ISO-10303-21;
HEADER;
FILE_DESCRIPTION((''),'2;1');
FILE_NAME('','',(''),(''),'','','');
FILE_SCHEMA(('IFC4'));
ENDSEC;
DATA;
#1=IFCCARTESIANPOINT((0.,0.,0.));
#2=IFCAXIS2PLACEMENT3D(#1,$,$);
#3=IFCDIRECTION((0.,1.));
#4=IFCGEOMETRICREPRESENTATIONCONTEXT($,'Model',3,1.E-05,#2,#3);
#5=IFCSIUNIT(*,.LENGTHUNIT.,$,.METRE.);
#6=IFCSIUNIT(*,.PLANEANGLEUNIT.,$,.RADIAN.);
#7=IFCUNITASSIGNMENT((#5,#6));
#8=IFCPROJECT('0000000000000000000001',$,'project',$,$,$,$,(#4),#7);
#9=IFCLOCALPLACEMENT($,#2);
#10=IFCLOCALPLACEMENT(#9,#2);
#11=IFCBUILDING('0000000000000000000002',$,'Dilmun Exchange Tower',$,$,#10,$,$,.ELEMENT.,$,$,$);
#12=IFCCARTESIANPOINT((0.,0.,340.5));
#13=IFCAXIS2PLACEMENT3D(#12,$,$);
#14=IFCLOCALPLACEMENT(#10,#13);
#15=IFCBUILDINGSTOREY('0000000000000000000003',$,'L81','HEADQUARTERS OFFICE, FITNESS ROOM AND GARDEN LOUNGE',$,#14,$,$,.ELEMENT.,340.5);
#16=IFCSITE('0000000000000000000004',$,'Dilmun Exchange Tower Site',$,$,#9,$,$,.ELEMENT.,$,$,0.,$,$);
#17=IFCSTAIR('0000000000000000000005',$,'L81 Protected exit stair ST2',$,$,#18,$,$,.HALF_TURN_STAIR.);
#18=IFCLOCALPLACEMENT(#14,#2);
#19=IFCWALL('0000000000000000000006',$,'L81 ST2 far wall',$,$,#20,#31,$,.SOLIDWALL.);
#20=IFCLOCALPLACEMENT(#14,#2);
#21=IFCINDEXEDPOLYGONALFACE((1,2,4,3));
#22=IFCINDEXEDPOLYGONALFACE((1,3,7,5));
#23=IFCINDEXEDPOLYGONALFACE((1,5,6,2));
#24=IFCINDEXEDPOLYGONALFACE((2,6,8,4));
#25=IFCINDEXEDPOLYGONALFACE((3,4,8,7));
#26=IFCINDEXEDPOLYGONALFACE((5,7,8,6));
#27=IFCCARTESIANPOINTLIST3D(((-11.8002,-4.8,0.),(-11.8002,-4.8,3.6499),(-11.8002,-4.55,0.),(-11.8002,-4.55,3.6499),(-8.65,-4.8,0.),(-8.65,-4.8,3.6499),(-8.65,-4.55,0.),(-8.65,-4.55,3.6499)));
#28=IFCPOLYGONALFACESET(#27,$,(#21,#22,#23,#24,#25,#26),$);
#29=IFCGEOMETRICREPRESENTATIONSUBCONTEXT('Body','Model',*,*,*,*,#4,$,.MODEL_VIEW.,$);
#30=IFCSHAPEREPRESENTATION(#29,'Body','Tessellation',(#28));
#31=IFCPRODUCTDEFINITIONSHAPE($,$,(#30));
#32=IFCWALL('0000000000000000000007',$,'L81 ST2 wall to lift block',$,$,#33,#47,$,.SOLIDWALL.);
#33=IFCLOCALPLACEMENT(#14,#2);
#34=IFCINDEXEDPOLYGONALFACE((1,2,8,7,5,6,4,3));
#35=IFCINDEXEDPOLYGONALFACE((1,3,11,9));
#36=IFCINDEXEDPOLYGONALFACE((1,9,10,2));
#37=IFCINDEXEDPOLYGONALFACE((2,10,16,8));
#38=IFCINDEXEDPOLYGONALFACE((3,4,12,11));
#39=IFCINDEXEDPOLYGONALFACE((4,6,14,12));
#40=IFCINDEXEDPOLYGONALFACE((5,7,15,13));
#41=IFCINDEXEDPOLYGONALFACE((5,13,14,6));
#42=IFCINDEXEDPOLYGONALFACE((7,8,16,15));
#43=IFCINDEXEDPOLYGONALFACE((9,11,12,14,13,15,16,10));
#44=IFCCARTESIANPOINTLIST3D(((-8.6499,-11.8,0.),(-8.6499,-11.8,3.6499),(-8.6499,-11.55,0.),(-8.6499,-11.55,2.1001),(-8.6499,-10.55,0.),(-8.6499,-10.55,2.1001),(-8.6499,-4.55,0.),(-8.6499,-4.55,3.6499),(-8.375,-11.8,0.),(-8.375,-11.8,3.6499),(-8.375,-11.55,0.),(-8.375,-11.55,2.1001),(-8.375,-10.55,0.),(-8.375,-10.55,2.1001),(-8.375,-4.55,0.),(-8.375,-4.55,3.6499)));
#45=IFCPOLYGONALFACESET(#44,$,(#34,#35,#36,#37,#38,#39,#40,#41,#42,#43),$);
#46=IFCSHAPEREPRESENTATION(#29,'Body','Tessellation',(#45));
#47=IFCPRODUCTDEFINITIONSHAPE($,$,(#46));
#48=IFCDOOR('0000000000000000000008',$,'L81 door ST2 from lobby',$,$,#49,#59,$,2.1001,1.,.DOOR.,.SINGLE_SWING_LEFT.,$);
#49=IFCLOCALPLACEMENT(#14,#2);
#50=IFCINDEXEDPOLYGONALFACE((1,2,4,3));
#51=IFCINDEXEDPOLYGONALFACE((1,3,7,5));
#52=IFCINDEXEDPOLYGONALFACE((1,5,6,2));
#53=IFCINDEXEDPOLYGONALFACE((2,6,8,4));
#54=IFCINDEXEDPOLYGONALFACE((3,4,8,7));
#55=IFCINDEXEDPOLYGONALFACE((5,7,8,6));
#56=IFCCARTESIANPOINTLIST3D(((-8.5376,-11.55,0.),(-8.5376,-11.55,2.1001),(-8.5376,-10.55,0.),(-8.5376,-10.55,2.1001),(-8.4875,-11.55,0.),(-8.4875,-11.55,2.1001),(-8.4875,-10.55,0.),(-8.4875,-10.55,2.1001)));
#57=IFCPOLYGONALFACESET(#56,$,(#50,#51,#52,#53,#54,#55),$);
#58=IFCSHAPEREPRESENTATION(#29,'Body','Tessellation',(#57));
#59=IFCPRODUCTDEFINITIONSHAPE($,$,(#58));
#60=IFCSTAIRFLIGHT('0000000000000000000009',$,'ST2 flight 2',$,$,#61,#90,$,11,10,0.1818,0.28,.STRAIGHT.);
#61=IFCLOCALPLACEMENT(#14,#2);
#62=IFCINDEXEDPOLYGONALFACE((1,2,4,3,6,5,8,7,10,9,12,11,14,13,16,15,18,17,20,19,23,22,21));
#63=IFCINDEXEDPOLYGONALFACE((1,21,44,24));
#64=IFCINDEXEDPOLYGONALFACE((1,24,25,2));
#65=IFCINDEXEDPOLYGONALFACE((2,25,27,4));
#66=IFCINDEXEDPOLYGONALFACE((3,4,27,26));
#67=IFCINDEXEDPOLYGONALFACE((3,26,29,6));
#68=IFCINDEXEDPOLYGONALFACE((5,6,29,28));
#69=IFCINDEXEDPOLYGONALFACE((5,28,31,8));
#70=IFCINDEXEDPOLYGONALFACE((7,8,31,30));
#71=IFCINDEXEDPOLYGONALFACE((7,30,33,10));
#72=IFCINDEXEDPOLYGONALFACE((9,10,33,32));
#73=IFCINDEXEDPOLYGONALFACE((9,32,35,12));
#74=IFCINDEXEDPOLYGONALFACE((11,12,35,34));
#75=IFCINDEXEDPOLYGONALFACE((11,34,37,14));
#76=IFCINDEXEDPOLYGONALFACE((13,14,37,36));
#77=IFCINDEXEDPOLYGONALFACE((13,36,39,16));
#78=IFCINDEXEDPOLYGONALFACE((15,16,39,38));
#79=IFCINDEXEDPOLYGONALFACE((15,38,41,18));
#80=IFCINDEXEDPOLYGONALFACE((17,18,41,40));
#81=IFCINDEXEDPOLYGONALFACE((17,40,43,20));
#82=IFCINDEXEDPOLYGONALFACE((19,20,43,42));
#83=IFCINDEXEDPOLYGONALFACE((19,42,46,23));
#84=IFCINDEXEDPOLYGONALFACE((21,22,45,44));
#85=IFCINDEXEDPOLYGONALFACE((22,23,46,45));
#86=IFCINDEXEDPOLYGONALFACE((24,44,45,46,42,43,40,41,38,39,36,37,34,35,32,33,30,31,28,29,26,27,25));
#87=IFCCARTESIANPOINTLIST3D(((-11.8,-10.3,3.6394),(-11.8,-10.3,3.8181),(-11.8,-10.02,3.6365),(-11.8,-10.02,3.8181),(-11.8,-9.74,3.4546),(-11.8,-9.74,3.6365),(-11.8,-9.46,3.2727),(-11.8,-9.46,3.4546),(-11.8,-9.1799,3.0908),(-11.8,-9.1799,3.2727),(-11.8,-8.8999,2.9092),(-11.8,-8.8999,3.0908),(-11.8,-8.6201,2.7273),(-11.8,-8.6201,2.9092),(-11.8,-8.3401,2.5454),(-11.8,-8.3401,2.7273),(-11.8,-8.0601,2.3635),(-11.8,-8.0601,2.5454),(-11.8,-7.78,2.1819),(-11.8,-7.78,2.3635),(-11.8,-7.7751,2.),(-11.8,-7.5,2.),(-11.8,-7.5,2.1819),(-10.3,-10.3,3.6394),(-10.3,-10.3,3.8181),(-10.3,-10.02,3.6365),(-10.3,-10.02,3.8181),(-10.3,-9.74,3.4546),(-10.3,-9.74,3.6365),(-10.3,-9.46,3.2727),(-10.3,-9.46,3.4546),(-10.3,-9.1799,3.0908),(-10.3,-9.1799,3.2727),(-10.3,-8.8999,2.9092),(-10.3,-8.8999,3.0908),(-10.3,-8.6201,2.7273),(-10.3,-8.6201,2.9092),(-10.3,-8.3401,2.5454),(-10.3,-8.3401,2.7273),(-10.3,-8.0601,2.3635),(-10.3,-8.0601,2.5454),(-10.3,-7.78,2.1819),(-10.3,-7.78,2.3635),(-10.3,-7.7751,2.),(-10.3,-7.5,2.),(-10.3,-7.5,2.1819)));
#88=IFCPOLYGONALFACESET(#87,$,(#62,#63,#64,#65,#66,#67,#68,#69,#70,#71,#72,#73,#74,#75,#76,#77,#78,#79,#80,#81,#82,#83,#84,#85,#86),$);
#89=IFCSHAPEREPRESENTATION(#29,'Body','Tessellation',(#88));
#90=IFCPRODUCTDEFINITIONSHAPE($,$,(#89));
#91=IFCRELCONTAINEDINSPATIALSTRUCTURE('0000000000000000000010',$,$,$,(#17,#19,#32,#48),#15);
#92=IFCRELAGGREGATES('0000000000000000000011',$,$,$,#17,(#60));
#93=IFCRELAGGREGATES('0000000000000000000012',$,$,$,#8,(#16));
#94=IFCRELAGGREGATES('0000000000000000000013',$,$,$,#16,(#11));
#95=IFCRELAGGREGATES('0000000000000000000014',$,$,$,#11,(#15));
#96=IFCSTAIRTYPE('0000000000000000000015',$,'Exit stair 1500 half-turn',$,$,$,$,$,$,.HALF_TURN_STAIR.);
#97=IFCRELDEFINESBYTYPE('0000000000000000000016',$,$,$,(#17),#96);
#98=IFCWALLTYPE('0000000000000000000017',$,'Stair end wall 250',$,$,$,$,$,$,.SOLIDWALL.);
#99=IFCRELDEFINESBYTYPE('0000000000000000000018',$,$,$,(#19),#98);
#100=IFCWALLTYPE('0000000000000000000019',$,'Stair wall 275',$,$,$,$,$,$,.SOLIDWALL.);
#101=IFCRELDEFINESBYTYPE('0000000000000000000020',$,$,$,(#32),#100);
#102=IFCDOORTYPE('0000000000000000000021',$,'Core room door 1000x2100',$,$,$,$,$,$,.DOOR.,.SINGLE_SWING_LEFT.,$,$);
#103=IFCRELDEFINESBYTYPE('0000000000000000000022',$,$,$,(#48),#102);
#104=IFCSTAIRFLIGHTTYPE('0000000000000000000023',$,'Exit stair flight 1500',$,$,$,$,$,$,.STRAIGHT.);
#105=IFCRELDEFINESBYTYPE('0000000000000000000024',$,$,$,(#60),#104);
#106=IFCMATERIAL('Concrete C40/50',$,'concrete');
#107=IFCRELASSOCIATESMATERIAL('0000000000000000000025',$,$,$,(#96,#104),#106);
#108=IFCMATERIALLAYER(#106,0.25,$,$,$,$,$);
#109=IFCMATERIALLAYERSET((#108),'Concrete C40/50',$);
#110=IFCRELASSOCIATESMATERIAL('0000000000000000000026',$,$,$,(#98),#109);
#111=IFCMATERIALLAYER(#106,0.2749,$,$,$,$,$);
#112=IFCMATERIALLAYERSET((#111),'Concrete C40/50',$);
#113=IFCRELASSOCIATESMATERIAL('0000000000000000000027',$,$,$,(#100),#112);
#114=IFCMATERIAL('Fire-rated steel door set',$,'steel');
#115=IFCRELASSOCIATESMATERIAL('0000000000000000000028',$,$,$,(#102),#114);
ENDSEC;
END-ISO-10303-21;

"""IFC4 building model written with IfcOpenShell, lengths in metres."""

from ifc_helpers import new_model, si_unit, direction, frame, frame_2d, origin, place, context, subcontext, project, spatial, polyline, rectangle, outline, extrude, material, layer, layer_set, type_object, element, fill, aggregate, save


model = new_model("IFC4")

# Units and contexts
model_context = context("Model", 3, precision=1e-05, world=origin(), true_north=direction((0.0, 1.0)))
body_context = subcontext(model_context, "Body", "Model", "MODEL_VIEW")
ifc_project = project(units=[si_unit("LENGTHUNIT", "METRE"), si_unit("PLANEANGLEUNIT", "RADIAN")], contexts=[model_context])

# Site, building, storey
site_placement = place(None, origin())
site = spatial("IfcSite", under=ifc_project, at=site_placement, Name="Dilmun Exchange Tower Site", CompositionType="ELEMENT", RefElevation=0.0)
building_placement = place(site_placement, origin())
building = spatial("IfcBuilding", under=site, at=building_placement, Name="Dilmun Exchange Tower", CompositionType="ELEMENT")
storey_placement = place(building_placement, frame((0.0, 0.0, 340.5)))
storey = spatial("IfcBuildingStorey", under=building, at=storey_placement, Name="L81", Description="HEADQUARTERS OFFICE, FITNESS ROOM AND GARDEN LOUNGE", CompositionType="ELEMENT", Elevation=340.5)

# Stair
ifc_material_1 = material(Name="Concrete C40/50", Category="concrete")
stair_type = type_object("IfcStairType", Name="Exit stair 1500 half-turn", PredefinedType="HALF_TURN_STAIR", material=ifc_material_1)
stair_1_placement = place(storey_placement, origin())
stair_1 = element("IfcStair", 1, at=stair_1_placement, inside=storey, type_object=stair_type, Name="L81 Protected exit stair ST2", PredefinedType="HALF_TURN_STAIR")

# Shared definitions
ifc_material_2 = material(Name="Fire-rated steel door set", Category="steel")

# Wall
ifc_layer_1 = layer(ifc_material_1, 0.25)
ifc_layer_set_1 = layer_set([ifc_layer_1], Name="Concrete C40/50")
wall_type_1 = type_object("IfcWallType", Name="Stair end wall 250", PredefinedType="SOLIDWALL", material=ifc_layer_set_1)
wall_1_placement = place(storey_placement, frame((-8.6499, -4.675, 0.0), z_axis=(0.0, 0.0, 1.0), x_axis=(-1.0, 0.0, 0.0)))
element("IfcWall", 2, at=wall_1_placement, inside=storey, type_object=wall_type_1, Name="L81 ST2 far wall", PredefinedType="SOLIDWALL", context=body_context, shape_type="SweptSolid", body=[
    extrude(rectangle(XDim=3.1501, YDim=0.25, at=frame_2d((1.5752, 0.0))), origin(), (0.0, 0.0, 1.0), 3.6499),
])

# Wall, opening, door
ifc_layer_2 = layer(ifc_material_1, 0.2749)
ifc_layer_set_2 = layer_set([ifc_layer_2], Name="Concrete C40/50")
wall_type_2 = type_object("IfcWallType", Name="Stair wall 275", PredefinedType="SOLIDWALL", material=ifc_layer_set_2)
wall_2_placement = place(storey_placement, frame((-8.5125, -4.55, 0.0), z_axis=(0.0, 0.0, 1.0), x_axis=(0.0, -1.0, 0.0)))
wall_2 = element("IfcWall", 3, at=wall_2_placement, inside=storey, type_object=wall_type_2, Name="L81 ST2 wall to lift block", PredefinedType="SOLIDWALL", context=body_context, shape_type="SweptSolid", body=[
    extrude(rectangle(XDim=7.25, YDim=0.2749, at=frame_2d((3.625, 0.0))), origin(), (0.0, 0.0, 1.0), 3.6499),
])
opening_1_placement = place(wall_2_placement, frame((6.0, 0.0, 0.0)))
opening_1 = element("IfcOpeningElement", 4, at=opening_1_placement, cuts=wall_2, PredefinedType="OPENING", context=body_context, shape_type="SweptSolid", body=[
    extrude(rectangle(XDim=1.0, YDim=2.1001, at=frame_2d((0.5, 1.05))), frame((0.0, 0.1475, 0.0), z_axis=(0.0, -1.0, 0.0), x_axis=(1.0, 0.0, 0.0)), (0.0, 0.0, 1.0), 0.2949),
])
door_type_1 = type_object("IfcDoorType", Name="Core room door 1000x2100", OperationType="SINGLE_SWING_LEFT", PredefinedType="DOOR", material=ifc_material_2)
door_1_placement = place(opening_1_placement, origin())
door_1 = element("IfcDoor", 5, at=door_1_placement, inside=storey, type_object=door_type_1, Name="L81 door ST2 from lobby", OperationType="SINGLE_SWING_LEFT", OverallHeight=2.1001, OverallWidth=1.0, PredefinedType="DOOR", context=body_context, shape_type="SweptSolid", body=[
    extrude(rectangle(XDim=1.0, YDim=2.1001, at=frame_2d((0.5, 1.05))), frame((0.0, 0.0249, 0.0), z_axis=(0.0, -1.0, 0.0), x_axis=(1.0, 0.0, 0.0)), (0.0, 0.0, 1.0), 0.05),
])
fill(opening_1, door_1)

# Stair flight
stair_flight_type = type_object("IfcStairFlightType", Name="Exit stair flight 1500", PredefinedType="STRAIGHT", material=ifc_material_1)
stair_flight_placement = place(storey_placement, frame((-11.05, -7.5, 2.0), z_axis=(0.0, 0.0, 1.0), x_axis=(0.0, -1.0, 0.0)))
stair_flight = element("IfcStairFlight", 6, at=stair_flight_placement, type_object=stair_flight_type, Name="ST2 flight 2", NumberOfRisers=11, NumberOfTreads=10, PredefinedType="STRAIGHT", RiserHeight=0.1818, TreadLength=0.28, context=body_context, shape_type="SweptSolid", body=[
    extrude(outline(polyline([(0.0, 0.0), (0.0, 0.1819), (0.28, 0.1819), (0.28, 0.3635), (0.5601, 0.3635), (0.5601, 0.5454), (0.8401, 0.5454), (0.8401, 0.7273), (1.1201, 0.7273), (1.1201, 0.9092), (1.3999, 0.9092), (1.3999, 1.0908), (1.6799, 1.0908), (1.6799, 1.2727), (1.96, 1.2727), (1.96, 1.4546), (2.24, 1.4546), (2.24, 1.6365), (2.52, 1.6365), (2.52, 1.8181), (2.8, 1.8181), (2.8, 2.0), (2.8, 1.6394), (0.2751, 0.0), (0.0, 0.0)])), frame((0.0, 0.75, 0.0), z_axis=(0.0, -1.0, 0.0), x_axis=(1.0, 0.0, 0.0)), (0.0, 0.0, 1.0), 1.5),
])
aggregate(stair_1, [stair_flight])

save(model, "model.ifc")
